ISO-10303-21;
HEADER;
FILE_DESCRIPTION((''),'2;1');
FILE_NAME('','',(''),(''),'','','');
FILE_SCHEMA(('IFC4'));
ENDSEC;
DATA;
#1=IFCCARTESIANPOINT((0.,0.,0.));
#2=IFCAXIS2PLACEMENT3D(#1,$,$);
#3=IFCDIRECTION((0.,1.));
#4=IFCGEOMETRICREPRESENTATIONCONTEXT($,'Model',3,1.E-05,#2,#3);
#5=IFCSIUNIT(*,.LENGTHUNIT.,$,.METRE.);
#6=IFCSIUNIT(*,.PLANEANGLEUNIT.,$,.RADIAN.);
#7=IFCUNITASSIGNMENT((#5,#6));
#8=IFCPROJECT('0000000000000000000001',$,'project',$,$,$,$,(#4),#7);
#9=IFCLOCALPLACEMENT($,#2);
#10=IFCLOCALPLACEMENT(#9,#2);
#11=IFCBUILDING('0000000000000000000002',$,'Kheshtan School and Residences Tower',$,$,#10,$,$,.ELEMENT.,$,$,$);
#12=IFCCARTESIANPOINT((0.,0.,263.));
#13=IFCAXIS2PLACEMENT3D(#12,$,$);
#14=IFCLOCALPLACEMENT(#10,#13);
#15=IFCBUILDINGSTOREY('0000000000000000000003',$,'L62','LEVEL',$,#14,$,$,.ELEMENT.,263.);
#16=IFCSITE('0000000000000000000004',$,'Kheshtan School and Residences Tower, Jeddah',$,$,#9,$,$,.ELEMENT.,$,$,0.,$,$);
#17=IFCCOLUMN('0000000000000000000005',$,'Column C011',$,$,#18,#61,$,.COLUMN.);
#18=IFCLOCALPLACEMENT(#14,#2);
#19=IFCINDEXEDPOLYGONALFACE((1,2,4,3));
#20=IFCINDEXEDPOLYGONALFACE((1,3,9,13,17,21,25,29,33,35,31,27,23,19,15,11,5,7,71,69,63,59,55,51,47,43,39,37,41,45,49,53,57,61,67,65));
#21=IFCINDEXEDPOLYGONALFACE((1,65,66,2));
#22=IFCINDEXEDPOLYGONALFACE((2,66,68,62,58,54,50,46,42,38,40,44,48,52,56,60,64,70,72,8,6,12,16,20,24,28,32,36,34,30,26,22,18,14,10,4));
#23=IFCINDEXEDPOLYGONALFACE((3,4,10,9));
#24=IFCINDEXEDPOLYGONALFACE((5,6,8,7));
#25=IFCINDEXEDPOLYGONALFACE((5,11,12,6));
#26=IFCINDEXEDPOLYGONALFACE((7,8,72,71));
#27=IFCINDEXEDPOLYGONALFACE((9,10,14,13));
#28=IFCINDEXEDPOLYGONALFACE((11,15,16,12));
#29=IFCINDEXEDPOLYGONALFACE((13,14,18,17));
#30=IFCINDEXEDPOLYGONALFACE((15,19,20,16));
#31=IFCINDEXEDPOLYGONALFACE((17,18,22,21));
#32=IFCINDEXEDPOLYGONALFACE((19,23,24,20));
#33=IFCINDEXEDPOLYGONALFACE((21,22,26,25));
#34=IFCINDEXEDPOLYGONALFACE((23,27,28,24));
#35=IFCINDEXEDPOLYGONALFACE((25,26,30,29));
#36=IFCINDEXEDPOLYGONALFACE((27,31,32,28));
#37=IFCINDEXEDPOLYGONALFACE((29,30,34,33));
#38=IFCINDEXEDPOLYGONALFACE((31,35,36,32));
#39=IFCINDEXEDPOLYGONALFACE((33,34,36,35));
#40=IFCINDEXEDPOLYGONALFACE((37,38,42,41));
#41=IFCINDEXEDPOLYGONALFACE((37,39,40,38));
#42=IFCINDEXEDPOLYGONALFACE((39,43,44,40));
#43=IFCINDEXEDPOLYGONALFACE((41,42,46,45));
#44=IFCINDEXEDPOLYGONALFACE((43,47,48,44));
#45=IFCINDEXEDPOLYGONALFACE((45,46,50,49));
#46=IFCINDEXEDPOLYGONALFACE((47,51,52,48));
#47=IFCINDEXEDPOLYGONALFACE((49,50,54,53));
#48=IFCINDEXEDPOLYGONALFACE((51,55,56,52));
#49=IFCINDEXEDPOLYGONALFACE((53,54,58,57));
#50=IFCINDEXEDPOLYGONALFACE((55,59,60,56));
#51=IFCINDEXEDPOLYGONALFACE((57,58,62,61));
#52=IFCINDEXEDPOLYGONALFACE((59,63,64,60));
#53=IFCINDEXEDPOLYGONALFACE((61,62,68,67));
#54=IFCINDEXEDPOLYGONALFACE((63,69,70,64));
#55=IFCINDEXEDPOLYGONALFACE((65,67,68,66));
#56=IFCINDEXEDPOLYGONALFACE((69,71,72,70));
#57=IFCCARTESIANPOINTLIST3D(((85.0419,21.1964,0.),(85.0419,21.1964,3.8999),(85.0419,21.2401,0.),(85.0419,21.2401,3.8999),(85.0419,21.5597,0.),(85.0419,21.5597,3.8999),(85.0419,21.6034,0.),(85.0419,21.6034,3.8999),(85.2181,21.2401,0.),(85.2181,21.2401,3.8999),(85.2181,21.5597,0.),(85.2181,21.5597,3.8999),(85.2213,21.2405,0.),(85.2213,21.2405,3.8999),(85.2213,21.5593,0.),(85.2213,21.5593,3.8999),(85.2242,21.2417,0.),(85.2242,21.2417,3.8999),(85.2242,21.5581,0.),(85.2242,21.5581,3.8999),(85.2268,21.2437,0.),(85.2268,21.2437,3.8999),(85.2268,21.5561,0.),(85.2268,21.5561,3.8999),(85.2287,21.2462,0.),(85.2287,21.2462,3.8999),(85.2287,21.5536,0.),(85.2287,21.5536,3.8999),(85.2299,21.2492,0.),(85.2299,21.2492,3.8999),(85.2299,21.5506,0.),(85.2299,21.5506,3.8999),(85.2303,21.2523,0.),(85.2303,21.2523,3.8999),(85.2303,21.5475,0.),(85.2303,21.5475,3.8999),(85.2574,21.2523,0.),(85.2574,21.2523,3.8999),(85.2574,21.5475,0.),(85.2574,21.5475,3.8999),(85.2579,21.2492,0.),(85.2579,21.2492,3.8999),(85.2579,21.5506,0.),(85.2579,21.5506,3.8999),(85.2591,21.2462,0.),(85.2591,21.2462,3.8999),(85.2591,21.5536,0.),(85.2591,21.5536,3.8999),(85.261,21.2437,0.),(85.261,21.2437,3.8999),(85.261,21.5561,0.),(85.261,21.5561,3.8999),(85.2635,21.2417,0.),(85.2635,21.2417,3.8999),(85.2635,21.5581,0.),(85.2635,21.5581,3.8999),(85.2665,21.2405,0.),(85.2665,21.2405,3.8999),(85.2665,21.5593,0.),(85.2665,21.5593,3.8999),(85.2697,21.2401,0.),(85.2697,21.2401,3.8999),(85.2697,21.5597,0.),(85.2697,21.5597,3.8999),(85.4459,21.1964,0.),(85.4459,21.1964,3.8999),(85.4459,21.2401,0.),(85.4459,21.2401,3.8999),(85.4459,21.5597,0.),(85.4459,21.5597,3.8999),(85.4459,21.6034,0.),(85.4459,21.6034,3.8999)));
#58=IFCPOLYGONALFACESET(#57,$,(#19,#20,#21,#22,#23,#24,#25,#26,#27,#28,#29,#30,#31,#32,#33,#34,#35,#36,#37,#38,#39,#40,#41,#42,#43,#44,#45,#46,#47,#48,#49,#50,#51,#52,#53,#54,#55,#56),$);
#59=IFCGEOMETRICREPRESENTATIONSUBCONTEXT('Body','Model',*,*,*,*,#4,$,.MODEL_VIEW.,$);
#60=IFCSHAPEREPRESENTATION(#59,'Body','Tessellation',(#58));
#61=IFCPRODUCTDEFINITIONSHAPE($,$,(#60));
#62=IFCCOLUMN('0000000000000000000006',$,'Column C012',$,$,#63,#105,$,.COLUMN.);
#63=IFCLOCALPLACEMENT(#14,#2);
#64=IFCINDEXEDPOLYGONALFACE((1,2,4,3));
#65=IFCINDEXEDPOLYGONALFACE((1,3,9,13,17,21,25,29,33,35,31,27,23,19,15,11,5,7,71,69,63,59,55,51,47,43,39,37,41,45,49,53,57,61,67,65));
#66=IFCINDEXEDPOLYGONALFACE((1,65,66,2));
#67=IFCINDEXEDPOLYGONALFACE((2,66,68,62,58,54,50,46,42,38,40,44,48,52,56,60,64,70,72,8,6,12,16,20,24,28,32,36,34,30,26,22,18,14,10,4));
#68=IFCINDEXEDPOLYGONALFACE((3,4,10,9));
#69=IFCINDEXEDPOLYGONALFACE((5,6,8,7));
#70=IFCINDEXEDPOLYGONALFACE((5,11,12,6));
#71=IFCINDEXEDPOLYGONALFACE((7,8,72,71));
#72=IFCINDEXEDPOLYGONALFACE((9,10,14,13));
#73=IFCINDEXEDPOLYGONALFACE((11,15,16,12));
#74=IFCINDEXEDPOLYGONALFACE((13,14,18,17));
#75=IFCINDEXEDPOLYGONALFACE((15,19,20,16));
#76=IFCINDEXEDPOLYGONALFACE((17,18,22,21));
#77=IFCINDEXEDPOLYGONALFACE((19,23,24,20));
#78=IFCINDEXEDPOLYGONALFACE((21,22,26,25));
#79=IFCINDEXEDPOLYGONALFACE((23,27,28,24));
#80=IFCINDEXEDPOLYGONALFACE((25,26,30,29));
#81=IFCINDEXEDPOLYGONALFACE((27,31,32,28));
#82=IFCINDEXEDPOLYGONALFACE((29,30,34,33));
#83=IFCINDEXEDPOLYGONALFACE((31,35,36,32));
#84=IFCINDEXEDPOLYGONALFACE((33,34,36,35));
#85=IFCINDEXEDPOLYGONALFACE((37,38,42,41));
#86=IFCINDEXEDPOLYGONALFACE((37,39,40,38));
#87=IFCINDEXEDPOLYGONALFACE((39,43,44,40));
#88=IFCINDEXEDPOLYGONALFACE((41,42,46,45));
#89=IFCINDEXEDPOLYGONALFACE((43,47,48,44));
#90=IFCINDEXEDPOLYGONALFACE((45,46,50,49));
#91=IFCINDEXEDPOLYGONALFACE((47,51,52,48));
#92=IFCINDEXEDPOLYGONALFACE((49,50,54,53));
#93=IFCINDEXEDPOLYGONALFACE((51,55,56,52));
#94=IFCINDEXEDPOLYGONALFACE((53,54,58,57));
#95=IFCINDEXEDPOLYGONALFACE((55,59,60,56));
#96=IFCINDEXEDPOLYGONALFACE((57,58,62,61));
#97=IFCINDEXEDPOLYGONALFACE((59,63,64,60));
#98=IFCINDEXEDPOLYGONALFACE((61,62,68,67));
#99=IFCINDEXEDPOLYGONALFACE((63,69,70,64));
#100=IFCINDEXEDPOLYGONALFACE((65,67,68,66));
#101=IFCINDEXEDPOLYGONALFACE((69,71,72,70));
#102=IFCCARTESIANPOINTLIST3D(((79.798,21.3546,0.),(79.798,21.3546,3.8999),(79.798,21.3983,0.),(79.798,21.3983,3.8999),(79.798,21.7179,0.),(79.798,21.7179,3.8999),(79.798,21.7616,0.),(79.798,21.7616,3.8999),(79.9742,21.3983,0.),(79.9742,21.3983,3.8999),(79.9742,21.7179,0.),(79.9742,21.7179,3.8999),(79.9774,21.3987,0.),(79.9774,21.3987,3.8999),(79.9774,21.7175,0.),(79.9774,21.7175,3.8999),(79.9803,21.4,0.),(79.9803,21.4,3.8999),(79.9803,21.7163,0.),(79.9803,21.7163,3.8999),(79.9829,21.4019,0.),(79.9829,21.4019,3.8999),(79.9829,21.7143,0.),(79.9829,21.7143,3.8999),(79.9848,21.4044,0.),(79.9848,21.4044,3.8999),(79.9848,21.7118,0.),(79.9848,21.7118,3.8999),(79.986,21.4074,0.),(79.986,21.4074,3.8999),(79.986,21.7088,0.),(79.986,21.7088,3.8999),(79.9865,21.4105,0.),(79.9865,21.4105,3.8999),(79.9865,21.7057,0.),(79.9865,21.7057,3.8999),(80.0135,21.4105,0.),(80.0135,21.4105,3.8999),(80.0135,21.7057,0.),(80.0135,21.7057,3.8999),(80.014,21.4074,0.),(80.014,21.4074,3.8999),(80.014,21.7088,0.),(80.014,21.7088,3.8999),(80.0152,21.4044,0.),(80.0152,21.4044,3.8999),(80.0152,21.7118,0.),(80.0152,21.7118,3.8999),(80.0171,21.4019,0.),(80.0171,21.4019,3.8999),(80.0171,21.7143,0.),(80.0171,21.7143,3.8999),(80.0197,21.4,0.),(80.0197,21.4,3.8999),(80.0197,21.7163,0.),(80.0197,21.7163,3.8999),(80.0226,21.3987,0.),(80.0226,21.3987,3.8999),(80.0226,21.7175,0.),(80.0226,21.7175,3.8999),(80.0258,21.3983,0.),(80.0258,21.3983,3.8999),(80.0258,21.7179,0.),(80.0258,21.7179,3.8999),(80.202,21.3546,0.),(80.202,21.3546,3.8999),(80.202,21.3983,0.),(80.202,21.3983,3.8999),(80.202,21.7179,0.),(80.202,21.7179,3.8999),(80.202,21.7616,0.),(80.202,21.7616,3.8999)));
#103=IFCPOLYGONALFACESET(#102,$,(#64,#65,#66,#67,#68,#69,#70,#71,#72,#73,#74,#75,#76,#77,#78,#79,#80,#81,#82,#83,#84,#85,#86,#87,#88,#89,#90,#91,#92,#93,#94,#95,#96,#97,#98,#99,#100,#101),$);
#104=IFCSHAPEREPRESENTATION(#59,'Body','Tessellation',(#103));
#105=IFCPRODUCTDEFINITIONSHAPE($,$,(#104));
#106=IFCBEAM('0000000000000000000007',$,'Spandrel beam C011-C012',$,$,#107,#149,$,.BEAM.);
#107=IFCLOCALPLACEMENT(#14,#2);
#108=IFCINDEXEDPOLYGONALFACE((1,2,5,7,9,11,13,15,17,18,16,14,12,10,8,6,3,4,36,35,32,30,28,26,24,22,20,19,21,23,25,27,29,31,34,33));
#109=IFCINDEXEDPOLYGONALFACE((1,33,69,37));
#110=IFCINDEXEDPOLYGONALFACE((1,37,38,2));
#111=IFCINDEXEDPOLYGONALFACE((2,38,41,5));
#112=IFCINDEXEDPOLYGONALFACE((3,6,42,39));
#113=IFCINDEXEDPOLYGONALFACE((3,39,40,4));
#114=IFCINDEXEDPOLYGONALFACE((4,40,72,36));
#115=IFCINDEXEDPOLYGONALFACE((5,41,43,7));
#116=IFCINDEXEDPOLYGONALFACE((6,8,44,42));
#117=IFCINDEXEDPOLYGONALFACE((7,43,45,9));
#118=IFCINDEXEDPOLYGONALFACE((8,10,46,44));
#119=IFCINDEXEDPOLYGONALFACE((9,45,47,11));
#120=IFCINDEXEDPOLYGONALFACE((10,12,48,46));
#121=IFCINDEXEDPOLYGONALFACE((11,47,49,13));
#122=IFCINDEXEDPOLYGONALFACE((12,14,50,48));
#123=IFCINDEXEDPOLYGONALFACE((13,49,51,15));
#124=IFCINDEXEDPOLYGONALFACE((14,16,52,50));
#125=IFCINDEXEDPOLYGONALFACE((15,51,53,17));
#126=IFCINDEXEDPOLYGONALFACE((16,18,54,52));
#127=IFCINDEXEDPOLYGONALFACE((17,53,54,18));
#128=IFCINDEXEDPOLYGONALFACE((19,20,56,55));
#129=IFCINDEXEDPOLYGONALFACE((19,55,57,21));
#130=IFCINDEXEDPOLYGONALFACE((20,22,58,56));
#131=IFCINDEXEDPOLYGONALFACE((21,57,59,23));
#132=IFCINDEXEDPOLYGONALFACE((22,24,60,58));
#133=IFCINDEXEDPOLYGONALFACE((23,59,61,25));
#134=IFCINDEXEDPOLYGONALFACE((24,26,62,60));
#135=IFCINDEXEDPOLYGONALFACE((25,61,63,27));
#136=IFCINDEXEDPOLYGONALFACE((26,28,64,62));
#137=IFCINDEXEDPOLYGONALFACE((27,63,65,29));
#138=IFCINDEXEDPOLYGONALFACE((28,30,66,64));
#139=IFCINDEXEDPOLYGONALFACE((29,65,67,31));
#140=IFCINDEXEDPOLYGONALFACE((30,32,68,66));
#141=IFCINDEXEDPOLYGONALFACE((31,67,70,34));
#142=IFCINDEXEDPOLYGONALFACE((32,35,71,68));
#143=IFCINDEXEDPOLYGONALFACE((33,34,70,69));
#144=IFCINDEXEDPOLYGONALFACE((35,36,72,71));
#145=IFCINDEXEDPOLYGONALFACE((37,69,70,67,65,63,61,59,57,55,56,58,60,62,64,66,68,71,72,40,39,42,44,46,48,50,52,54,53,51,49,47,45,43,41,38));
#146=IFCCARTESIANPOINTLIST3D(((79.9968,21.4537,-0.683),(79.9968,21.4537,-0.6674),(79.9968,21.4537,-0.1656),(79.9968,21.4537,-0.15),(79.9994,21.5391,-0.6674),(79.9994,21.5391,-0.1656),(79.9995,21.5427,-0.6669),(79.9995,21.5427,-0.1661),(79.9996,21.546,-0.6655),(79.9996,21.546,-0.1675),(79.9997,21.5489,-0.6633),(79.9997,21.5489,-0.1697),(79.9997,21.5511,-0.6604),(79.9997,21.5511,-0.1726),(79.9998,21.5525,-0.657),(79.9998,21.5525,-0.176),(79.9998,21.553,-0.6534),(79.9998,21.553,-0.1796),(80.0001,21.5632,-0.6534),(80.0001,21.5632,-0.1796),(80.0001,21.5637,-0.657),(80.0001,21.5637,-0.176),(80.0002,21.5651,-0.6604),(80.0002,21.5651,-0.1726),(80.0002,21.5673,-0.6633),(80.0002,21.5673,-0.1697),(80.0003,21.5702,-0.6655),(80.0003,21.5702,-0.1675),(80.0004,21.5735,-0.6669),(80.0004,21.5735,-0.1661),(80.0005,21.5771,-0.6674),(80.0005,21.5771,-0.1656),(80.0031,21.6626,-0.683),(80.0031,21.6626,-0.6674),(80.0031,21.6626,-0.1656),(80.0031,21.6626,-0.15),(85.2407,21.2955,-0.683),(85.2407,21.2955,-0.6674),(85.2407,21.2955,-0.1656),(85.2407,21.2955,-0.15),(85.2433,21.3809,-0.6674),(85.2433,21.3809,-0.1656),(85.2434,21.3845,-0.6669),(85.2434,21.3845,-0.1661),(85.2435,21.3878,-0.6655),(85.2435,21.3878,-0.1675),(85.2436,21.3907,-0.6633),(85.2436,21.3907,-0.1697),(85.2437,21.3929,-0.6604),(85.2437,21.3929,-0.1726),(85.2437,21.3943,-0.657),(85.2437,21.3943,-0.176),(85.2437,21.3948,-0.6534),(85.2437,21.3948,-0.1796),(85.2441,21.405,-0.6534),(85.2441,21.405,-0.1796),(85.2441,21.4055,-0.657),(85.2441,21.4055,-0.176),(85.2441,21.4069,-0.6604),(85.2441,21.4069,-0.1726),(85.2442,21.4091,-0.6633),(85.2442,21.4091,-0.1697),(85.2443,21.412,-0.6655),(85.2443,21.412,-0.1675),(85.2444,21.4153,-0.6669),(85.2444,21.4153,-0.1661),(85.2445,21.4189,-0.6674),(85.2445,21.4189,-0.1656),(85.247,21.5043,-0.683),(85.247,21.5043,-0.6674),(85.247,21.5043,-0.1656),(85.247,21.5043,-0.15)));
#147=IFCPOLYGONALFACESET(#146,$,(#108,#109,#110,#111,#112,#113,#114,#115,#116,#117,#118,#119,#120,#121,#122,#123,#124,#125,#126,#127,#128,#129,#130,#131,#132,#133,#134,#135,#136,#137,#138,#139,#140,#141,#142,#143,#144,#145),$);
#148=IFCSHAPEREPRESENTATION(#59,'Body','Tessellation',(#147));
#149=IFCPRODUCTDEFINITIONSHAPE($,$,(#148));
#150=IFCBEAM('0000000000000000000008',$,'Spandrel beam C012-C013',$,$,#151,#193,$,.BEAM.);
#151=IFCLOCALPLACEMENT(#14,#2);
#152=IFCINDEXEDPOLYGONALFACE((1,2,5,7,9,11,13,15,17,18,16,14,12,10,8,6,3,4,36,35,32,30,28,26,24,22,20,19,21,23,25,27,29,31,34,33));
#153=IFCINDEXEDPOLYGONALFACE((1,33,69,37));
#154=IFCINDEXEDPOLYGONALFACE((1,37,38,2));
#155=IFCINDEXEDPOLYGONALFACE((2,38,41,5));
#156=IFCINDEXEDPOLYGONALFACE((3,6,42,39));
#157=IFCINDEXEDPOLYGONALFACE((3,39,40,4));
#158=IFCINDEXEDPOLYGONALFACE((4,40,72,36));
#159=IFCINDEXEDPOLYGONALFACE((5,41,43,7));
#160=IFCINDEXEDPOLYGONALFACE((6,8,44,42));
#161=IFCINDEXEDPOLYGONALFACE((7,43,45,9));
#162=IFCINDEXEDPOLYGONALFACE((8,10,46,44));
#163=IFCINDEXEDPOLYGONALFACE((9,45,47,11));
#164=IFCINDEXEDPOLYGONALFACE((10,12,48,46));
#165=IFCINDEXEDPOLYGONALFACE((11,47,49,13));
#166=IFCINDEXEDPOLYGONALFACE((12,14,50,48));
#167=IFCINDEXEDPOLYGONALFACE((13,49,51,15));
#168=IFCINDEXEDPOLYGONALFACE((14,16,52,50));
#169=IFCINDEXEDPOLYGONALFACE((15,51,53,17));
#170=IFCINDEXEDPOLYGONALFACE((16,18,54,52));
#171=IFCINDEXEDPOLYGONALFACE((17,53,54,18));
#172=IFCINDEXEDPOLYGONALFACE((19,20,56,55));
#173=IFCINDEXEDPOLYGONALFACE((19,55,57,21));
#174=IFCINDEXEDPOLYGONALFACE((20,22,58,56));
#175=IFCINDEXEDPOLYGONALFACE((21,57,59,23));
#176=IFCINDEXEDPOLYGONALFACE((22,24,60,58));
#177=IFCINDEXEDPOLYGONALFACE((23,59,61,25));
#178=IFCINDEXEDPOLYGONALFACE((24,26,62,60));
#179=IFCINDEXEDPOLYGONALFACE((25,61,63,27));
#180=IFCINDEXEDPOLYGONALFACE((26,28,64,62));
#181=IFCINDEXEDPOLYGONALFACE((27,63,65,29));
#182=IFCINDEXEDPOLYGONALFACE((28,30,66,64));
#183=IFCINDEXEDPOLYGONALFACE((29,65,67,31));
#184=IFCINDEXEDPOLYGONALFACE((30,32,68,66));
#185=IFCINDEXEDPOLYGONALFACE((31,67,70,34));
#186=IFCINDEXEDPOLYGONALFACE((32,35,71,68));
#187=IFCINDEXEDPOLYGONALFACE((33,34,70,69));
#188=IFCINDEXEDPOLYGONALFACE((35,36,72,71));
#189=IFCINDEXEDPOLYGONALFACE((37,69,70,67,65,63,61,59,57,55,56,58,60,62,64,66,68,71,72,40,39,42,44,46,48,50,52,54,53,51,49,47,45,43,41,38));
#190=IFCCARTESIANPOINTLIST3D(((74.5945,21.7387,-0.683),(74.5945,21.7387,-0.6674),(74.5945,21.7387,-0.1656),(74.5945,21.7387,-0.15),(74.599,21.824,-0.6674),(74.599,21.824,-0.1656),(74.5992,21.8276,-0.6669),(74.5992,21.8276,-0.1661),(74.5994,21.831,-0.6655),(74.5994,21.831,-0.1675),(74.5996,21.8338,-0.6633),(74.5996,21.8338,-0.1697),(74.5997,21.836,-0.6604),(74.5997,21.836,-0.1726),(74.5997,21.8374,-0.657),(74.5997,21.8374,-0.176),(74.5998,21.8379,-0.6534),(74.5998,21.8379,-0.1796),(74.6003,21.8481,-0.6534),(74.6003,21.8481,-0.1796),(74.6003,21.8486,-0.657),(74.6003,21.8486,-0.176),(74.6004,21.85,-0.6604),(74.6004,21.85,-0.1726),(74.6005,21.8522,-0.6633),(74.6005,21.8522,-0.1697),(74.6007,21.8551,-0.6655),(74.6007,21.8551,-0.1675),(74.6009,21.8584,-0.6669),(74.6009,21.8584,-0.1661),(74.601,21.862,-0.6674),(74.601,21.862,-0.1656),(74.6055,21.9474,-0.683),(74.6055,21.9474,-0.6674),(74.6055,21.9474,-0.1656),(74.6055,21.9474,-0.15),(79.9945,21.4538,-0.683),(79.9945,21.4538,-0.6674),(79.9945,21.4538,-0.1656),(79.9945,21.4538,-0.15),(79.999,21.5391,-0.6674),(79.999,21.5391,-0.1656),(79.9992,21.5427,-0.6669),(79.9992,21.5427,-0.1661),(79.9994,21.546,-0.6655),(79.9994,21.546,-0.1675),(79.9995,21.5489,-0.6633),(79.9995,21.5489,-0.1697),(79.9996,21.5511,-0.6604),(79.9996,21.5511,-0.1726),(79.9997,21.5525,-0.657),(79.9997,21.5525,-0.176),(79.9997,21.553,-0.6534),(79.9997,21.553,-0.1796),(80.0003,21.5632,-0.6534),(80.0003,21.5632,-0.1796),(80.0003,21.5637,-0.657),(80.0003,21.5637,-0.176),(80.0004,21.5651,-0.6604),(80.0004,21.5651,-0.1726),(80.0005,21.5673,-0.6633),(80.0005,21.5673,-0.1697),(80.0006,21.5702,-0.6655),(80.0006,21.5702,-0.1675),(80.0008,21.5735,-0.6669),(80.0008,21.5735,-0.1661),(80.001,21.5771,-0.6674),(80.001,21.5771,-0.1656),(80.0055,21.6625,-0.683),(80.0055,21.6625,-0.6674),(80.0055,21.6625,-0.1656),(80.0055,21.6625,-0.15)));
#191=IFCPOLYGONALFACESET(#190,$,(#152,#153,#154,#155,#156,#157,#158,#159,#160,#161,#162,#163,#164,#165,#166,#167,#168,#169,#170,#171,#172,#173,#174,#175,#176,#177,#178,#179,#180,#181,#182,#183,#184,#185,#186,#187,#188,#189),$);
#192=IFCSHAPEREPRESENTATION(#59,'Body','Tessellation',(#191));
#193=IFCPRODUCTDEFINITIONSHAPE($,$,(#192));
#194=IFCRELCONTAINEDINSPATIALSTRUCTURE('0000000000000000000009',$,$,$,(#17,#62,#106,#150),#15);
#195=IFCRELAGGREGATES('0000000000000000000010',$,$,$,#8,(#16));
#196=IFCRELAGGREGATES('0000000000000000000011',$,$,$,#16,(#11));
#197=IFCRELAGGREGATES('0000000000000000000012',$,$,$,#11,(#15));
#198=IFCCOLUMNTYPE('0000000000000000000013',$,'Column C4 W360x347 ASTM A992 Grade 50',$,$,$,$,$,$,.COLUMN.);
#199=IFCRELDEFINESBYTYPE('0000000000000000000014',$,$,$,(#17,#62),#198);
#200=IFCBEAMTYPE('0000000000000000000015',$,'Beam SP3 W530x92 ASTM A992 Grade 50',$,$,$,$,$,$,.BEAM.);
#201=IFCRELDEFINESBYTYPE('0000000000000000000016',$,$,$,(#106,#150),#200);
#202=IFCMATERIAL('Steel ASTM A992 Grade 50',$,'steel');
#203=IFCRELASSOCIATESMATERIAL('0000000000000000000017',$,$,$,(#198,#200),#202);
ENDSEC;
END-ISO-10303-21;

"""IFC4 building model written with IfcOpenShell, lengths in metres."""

from ifc_helpers import new_model, si_unit, direction, frame, origin, origin_2d, place, context, subcontext, project, spatial, i_section, extrude, material, material_profile, profile_set, type_object, element, save


model = new_model("IFC4")

# Units and contexts
model_context = context("Model", 3, precision=1e-05, world=origin(), true_north=direction((0.0, 1.0)))
body_context = subcontext(model_context, "Body", "Model", "MODEL_VIEW")
ifc_project = project(units=[si_unit("LENGTHUNIT", "METRE"), si_unit("PLANEANGLEUNIT", "RADIAN")], contexts=[model_context])

# Site, building, storey
site_placement = place(None, origin())
site = spatial("IfcSite", under=ifc_project, at=site_placement, Name="Kheshtan School and Residences Tower, Jeddah", CompositionType="ELEMENT", RefElevation=0.0)
building_placement = place(site_placement, origin())
building = spatial("IfcBuilding", under=site, at=building_placement, Name="Kheshtan School and Residences Tower", CompositionType="ELEMENT")
storey_placement = place(building_placement, frame((0.0, 0.0, 263.0)))
storey = spatial("IfcBuildingStorey", under=building, at=storey_placement, Name="L62", Description="LEVEL", CompositionType="ELEMENT", Elevation=263.0)

# Columns
ifc_material_1 = material(Name="Steel ASTM A992 Grade 50", Category="steel")
ifc_material_profile_1 = material_profile(ifc_material_1, i_section(OverallWidth=0.4041, OverallDepth=0.407, WebThickness=0.0271, FlangeThickness=0.0437, FilletRadius=0.0122, at=origin_2d()), Name="W360x347")
ifc_profile_set_1 = profile_set([ifc_material_profile_1], Name="Steel ASTM A992 Grade 50")
column_type = type_object("IfcColumnType", Name="Column C4 W360x347 ASTM A992 Grade 50", PredefinedType="COLUMN", material=ifc_profile_set_1)
for number, where, z_axis, x_axis, name in (
    (1, (85.2439, 21.3999, 0.0), (0.0, 0.0, 1.0), (1.0, 0.0, 0.0), "Column C011"),
    (2, (80.0, 21.5581, 0.0), (0.0, 0.0, 1.0), (1.0, 0.0, 0.0), "Column C012"),
):
    element("IfcColumn", number, at=place(storey_placement, frame(where, z_axis=z_axis, x_axis=x_axis)), inside=storey, type_object=column_type, Name=name, PredefinedType="COLUMN", context=body_context, shape_type="SweptSolid", body=[
        extrude(i_section(OverallWidth=0.4041, OverallDepth=0.407, WebThickness=0.0271, FlangeThickness=0.0437, FilletRadius=0.0122, at=origin_2d()), origin(), (0.0, 0.0, 1.0), 3.8999),
    ])

# Beams
ifc_material_profile_2 = material_profile(ifc_material_1, i_section(OverallWidth=0.209, OverallDepth=0.533, WebThickness=0.0103, FlangeThickness=0.0156, FilletRadius=0.0139, at=origin_2d()), Name="W530x92")
ifc_profile_set_2 = profile_set([ifc_material_profile_2], Name="Steel ASTM A992 Grade 50")
beam_type = type_object("IfcBeamType", Name="Beam SP3 W530x92 ASTM A992 Grade 50", PredefinedType="BEAM", material=ifc_profile_set_2)
beam_1_placement = place(storey_placement, frame((85.2439, 21.3999, -0.4165), z_axis=(-0.999545, 0.030155, 0.0), x_axis=(-0.030155, -0.999545, 0.0)))
element("IfcBeam", 3, at=beam_1_placement, inside=storey, type_object=beam_type, Name="Spandrel beam C011-C012", PredefinedType="BEAM", context=body_context, shape_type="SweptSolid", body=[
    extrude(i_section(OverallWidth=0.209, OverallDepth=0.533, WebThickness=0.0103, FlangeThickness=0.0156, FilletRadius=0.0139, at=origin_2d()), origin(), (0.0, 0.0, 1.0), 5.2463),
])
beam_2_placement = place(storey_placement, frame((80.0, 21.5581, -0.4165), z_axis=(-0.998611, 0.052689, 0.0), x_axis=(-0.052689, -0.998611, 0.0)))
element("IfcBeam", 4, at=beam_2_placement, inside=storey, type_object=beam_type, Name="Spandrel beam C012-C013", PredefinedType="BEAM", context=body_context, shape_type="SweptSolid", body=[
    extrude(i_section(OverallWidth=0.209, OverallDepth=0.533, WebThickness=0.0103, FlangeThickness=0.0156, FilletRadius=0.0139, at=origin_2d()), origin(), (0.0, 0.0, 1.0), 5.4075),
])

save(model, "model.ifc")
